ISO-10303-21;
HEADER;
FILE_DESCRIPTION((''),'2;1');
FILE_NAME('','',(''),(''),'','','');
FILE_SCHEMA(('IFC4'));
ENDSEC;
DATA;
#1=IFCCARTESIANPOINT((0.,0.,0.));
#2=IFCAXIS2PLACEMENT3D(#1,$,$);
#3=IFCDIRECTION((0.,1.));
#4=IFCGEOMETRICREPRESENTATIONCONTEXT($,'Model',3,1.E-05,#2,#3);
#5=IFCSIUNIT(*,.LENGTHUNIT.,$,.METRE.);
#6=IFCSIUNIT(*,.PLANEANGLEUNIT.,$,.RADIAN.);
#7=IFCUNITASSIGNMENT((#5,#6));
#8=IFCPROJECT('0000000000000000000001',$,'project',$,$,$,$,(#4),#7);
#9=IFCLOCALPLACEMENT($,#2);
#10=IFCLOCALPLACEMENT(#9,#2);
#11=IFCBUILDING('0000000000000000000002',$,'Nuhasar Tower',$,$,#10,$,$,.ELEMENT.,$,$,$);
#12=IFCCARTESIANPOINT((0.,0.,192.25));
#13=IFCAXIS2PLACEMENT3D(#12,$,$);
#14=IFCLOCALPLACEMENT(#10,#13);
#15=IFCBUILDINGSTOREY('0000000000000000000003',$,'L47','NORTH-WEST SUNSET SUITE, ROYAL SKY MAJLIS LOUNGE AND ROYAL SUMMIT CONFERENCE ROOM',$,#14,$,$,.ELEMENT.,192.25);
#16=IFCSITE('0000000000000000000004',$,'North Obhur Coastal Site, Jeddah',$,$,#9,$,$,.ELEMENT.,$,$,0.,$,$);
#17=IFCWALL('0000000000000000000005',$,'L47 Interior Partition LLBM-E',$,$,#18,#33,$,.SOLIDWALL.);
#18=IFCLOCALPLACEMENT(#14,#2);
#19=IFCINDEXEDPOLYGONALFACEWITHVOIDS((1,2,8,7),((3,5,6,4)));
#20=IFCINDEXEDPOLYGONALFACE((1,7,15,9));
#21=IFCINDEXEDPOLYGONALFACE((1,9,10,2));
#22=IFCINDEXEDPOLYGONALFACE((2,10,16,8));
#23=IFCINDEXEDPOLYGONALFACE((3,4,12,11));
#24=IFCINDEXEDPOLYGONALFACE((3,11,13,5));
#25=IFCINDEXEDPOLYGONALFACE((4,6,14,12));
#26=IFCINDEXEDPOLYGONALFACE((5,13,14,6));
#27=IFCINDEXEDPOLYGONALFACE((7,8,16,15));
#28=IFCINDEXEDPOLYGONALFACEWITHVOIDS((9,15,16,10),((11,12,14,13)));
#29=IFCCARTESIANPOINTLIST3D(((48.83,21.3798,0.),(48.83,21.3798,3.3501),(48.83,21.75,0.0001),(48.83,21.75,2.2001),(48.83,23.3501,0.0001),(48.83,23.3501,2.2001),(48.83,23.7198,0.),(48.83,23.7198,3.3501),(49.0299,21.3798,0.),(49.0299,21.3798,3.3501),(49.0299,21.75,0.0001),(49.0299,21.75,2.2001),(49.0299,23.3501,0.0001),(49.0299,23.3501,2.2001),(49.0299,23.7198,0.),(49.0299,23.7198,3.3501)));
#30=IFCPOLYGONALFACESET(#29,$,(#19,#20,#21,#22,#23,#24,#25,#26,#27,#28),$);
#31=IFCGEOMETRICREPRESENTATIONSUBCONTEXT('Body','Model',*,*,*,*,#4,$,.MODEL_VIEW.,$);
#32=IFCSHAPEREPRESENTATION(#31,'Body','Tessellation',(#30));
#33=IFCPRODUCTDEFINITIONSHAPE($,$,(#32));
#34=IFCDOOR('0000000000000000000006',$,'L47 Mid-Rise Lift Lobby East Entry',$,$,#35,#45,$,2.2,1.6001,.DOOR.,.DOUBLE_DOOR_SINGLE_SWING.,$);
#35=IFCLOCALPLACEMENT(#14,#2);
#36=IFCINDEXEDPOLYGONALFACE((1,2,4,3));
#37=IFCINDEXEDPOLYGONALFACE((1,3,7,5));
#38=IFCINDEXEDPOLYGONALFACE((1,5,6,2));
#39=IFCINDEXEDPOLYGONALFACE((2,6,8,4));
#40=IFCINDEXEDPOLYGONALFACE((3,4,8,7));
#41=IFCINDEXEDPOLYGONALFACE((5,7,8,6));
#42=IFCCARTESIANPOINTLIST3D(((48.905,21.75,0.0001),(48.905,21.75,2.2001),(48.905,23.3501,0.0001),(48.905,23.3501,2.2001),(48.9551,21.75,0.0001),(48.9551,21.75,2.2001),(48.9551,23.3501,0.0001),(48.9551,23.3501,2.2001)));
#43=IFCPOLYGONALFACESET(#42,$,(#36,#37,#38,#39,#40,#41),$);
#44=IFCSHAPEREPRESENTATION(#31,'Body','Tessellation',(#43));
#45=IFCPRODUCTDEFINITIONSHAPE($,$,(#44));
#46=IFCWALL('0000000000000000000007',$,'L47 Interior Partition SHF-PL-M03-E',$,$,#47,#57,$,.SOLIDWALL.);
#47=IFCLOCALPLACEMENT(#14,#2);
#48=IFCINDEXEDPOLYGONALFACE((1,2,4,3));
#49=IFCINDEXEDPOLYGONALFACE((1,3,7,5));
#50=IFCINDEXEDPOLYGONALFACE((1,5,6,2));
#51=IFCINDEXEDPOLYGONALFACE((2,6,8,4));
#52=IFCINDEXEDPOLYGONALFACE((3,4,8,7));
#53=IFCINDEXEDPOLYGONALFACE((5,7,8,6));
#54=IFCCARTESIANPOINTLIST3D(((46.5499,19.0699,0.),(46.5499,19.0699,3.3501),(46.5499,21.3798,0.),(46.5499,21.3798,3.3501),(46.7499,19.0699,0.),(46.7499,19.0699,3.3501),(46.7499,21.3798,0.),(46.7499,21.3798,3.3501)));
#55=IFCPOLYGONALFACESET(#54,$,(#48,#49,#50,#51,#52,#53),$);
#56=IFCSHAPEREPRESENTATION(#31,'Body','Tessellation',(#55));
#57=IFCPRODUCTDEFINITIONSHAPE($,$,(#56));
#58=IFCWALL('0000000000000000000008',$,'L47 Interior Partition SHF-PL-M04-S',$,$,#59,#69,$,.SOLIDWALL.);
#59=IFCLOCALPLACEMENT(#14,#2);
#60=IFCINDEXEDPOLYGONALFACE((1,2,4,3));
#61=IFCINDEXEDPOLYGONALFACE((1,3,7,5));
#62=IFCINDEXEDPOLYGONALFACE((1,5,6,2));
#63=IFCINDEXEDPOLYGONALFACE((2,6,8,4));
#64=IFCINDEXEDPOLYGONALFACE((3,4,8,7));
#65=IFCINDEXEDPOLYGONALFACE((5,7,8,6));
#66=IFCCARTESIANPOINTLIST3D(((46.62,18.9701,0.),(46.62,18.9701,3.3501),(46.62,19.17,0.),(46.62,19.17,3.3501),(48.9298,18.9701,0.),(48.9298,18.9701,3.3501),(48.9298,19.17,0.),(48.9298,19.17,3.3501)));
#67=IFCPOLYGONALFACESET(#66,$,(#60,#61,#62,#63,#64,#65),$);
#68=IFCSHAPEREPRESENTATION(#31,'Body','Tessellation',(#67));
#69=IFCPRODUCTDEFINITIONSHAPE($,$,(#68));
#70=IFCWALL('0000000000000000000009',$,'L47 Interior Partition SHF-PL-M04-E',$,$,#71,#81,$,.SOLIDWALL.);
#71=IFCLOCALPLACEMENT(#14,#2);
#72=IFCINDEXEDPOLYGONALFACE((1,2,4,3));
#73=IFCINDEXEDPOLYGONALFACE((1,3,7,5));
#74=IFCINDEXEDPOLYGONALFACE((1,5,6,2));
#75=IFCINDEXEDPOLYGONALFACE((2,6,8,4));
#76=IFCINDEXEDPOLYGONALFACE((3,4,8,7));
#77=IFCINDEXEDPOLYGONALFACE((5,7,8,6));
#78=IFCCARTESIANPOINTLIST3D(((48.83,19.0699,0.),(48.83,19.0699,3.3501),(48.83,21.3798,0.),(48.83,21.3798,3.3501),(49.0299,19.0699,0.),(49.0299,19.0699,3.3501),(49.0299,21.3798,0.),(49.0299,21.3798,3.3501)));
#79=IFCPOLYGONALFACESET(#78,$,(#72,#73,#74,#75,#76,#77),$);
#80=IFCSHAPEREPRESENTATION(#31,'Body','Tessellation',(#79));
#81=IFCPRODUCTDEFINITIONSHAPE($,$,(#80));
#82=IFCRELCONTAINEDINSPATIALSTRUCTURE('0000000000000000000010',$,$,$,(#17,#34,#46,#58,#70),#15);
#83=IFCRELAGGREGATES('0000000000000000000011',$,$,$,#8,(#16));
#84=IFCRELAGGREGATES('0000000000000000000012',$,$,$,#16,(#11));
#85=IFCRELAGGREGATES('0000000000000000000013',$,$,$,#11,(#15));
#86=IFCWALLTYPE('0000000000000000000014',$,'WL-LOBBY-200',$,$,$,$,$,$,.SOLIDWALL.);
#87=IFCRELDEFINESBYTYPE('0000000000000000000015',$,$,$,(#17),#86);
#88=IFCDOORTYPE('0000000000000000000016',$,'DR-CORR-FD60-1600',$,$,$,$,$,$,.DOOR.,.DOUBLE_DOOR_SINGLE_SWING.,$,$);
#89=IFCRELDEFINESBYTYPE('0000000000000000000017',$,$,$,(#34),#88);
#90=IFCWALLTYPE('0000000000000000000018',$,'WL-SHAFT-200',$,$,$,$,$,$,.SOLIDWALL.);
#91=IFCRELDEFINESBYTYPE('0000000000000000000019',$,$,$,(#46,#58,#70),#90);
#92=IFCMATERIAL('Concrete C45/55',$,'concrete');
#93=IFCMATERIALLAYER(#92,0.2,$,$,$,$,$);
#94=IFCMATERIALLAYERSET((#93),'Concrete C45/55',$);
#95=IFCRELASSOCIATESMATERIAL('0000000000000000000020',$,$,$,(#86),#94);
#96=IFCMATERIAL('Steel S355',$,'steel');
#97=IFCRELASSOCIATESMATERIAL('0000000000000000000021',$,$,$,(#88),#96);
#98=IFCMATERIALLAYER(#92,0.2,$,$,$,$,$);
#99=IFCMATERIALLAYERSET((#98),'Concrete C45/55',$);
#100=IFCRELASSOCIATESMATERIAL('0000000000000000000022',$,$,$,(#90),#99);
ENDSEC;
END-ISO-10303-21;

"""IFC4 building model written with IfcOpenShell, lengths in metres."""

from ifc_helpers import new_model, si_unit, direction, frame, frame_2d, origin, place, context, subcontext, project, spatial, rectangle, extrude, material, layer, layer_set, type_object, element, fill, save


model = new_model("IFC4")

# Units and contexts
model_context = context("Model", 3, precision=1e-05, world=origin(), true_north=direction((0.0, 1.0)))
body_context = subcontext(model_context, "Body", "Model", "MODEL_VIEW")
ifc_project = project(units=[si_unit("LENGTHUNIT", "METRE"), si_unit("PLANEANGLEUNIT", "RADIAN")], contexts=[model_context])

# Site, building, storey
site_placement = place(None, origin())
site = spatial("IfcSite", under=ifc_project, at=site_placement, Name="North Obhur Coastal Site, Jeddah", CompositionType="ELEMENT", RefElevation=0.0)
building_placement = place(site_placement, origin())
building = spatial("IfcBuilding", under=site, at=building_placement, Name="Nuhasar Tower", CompositionType="ELEMENT")
storey_placement = place(building_placement, frame((0.0, 0.0, 192.25)))
storey = spatial("IfcBuildingStorey", under=building, at=storey_placement, Name="L47", Description="NORTH-WEST SUNSET SUITE, ROYAL SKY MAJLIS LOUNGE AND ROYAL SUMMIT CONFERENCE ROOM", CompositionType="ELEMENT", Elevation=192.25)

# Shared definitions
ifc_material_1 = material(Name="Steel S355", Category="steel")

# Wall, opening, door
ifc_material_2 = material(Name="Concrete C45/55", Category="concrete")
ifc_layer_1 = layer(ifc_material_2, 0.2)
ifc_layer_set_1 = layer_set([ifc_layer_1], Name="Concrete C45/55")
wall_type_1 = type_object("IfcWallType", Name="WL-LOBBY-200", PredefinedType="SOLIDWALL", material=ifc_layer_set_1)
wall_1_placement = place(storey_placement, frame((48.9299, 21.3799, 0.0), z_axis=(0.0, 0.0, 1.0), x_axis=(0.0, 1.0, 0.0)))
wall_1 = element("IfcWall", 1, at=wall_1_placement, inside=storey, type_object=wall_type_1, Name="L47 Interior Partition LLBM-E", PredefinedType="SOLIDWALL", context=body_context, shape_type="SweptSolid", body=[
    extrude(rectangle(XDim=2.3401, YDim=0.2, at=frame_2d((1.1699, 0.0))), origin(), (0.0, 0.0, 1.0), 3.3501),
])
opening_1_placement = place(wall_1_placement, frame((0.3701, 0.0, 0.0)))
opening_1 = element("IfcOpeningElement", 2, at=opening_1_placement, cuts=wall_1, PredefinedType="OPENING", context=body_context, shape_type="SweptSolid", body=[
    extrude(rectangle(XDim=1.6001, YDim=2.2, at=frame_2d((0.8, 1.1001))), frame((0.0, 0.1099, 0.0), z_axis=(0.0, -1.0, 0.0), x_axis=(1.0, 0.0, 0.0)), (0.0, 0.0, 1.0), 0.22),
])
door_type_1 = type_object("IfcDoorType", Name="DR-CORR-FD60-1600", OperationType="DOUBLE_DOOR_SINGLE_SWING", PredefinedType="DOOR", material=ifc_material_1)
door_1_placement = place(opening_1_placement, origin())
door_1 = element("IfcDoor", 3, at=door_1_placement, inside=storey, type_object=door_type_1, Name="L47 Mid-Rise Lift Lobby East Entry", OperationType="DOUBLE_DOOR_SINGLE_SWING", OverallHeight=2.2, OverallWidth=1.6001, PredefinedType="DOOR", context=body_context, shape_type="SweptSolid", body=[
    extrude(rectangle(XDim=1.6001, YDim=2.2, at=frame_2d((0.8, 1.1001))), frame((0.0, 0.0249, 0.0), z_axis=(0.0, -1.0, 0.0), x_axis=(1.0, 0.0, 0.0)), (0.0, 0.0, 1.0), 0.05),
])
fill(opening_1, door_1)
ifc_layer_2 = layer(ifc_material_2, 0.2)
ifc_layer_set_2 = layer_set([ifc_layer_2], Name="Concrete C45/55")
wall_type_2 = type_object("IfcWallType", Name="WL-SHAFT-200", PredefinedType="SOLIDWALL", material=ifc_layer_set_2)

# Walls
for number, where, z_axis, x_axis, name in (
    (4, (46.6499, 19.0701, 0.0), (0.0, 0.0, 1.0), (0.0, 1.0, 0.0), "L47 Interior Partition SHF-PL-M03-E"),
    (5, (46.6201, 19.0701, 0.0), (0.0, 0.0, 1.0), (1.0, 0.0, 0.0), "L47 Interior Partition SHF-PL-M04-S"),
):
    element("IfcWall", number, at=place(storey_placement, frame(where, z_axis=z_axis, x_axis=x_axis)), inside=storey, type_object=wall_type_2, Name=name, PredefinedType="SOLIDWALL", context=body_context, shape_type="SweptSolid", body=[
        extrude(rectangle(XDim=2.3098, YDim=0.2, at=frame_2d((1.1548, 0.0))), origin(), (0.0, 0.0, 1.0), 3.3501),
    ])

# Wall
wall_2_placement = place(storey_placement, frame((48.9299, 19.0701, 0.0), z_axis=(0.0, 0.0, 1.0), x_axis=(0.0, 1.0, 0.0)))
element("IfcWall", 6, at=wall_2_placement, inside=storey, type_object=wall_type_2, Name="L47 Interior Partition SHF-PL-M04-E", PredefinedType="SOLIDWALL", context=body_context, shape_type="SweptSolid", body=[
    extrude(rectangle(XDim=2.3098, YDim=0.2, at=frame_2d((1.1548, 0.0))), origin(), (0.0, 0.0, 1.0), 3.3501),
])

save(model, "model.ifc")
